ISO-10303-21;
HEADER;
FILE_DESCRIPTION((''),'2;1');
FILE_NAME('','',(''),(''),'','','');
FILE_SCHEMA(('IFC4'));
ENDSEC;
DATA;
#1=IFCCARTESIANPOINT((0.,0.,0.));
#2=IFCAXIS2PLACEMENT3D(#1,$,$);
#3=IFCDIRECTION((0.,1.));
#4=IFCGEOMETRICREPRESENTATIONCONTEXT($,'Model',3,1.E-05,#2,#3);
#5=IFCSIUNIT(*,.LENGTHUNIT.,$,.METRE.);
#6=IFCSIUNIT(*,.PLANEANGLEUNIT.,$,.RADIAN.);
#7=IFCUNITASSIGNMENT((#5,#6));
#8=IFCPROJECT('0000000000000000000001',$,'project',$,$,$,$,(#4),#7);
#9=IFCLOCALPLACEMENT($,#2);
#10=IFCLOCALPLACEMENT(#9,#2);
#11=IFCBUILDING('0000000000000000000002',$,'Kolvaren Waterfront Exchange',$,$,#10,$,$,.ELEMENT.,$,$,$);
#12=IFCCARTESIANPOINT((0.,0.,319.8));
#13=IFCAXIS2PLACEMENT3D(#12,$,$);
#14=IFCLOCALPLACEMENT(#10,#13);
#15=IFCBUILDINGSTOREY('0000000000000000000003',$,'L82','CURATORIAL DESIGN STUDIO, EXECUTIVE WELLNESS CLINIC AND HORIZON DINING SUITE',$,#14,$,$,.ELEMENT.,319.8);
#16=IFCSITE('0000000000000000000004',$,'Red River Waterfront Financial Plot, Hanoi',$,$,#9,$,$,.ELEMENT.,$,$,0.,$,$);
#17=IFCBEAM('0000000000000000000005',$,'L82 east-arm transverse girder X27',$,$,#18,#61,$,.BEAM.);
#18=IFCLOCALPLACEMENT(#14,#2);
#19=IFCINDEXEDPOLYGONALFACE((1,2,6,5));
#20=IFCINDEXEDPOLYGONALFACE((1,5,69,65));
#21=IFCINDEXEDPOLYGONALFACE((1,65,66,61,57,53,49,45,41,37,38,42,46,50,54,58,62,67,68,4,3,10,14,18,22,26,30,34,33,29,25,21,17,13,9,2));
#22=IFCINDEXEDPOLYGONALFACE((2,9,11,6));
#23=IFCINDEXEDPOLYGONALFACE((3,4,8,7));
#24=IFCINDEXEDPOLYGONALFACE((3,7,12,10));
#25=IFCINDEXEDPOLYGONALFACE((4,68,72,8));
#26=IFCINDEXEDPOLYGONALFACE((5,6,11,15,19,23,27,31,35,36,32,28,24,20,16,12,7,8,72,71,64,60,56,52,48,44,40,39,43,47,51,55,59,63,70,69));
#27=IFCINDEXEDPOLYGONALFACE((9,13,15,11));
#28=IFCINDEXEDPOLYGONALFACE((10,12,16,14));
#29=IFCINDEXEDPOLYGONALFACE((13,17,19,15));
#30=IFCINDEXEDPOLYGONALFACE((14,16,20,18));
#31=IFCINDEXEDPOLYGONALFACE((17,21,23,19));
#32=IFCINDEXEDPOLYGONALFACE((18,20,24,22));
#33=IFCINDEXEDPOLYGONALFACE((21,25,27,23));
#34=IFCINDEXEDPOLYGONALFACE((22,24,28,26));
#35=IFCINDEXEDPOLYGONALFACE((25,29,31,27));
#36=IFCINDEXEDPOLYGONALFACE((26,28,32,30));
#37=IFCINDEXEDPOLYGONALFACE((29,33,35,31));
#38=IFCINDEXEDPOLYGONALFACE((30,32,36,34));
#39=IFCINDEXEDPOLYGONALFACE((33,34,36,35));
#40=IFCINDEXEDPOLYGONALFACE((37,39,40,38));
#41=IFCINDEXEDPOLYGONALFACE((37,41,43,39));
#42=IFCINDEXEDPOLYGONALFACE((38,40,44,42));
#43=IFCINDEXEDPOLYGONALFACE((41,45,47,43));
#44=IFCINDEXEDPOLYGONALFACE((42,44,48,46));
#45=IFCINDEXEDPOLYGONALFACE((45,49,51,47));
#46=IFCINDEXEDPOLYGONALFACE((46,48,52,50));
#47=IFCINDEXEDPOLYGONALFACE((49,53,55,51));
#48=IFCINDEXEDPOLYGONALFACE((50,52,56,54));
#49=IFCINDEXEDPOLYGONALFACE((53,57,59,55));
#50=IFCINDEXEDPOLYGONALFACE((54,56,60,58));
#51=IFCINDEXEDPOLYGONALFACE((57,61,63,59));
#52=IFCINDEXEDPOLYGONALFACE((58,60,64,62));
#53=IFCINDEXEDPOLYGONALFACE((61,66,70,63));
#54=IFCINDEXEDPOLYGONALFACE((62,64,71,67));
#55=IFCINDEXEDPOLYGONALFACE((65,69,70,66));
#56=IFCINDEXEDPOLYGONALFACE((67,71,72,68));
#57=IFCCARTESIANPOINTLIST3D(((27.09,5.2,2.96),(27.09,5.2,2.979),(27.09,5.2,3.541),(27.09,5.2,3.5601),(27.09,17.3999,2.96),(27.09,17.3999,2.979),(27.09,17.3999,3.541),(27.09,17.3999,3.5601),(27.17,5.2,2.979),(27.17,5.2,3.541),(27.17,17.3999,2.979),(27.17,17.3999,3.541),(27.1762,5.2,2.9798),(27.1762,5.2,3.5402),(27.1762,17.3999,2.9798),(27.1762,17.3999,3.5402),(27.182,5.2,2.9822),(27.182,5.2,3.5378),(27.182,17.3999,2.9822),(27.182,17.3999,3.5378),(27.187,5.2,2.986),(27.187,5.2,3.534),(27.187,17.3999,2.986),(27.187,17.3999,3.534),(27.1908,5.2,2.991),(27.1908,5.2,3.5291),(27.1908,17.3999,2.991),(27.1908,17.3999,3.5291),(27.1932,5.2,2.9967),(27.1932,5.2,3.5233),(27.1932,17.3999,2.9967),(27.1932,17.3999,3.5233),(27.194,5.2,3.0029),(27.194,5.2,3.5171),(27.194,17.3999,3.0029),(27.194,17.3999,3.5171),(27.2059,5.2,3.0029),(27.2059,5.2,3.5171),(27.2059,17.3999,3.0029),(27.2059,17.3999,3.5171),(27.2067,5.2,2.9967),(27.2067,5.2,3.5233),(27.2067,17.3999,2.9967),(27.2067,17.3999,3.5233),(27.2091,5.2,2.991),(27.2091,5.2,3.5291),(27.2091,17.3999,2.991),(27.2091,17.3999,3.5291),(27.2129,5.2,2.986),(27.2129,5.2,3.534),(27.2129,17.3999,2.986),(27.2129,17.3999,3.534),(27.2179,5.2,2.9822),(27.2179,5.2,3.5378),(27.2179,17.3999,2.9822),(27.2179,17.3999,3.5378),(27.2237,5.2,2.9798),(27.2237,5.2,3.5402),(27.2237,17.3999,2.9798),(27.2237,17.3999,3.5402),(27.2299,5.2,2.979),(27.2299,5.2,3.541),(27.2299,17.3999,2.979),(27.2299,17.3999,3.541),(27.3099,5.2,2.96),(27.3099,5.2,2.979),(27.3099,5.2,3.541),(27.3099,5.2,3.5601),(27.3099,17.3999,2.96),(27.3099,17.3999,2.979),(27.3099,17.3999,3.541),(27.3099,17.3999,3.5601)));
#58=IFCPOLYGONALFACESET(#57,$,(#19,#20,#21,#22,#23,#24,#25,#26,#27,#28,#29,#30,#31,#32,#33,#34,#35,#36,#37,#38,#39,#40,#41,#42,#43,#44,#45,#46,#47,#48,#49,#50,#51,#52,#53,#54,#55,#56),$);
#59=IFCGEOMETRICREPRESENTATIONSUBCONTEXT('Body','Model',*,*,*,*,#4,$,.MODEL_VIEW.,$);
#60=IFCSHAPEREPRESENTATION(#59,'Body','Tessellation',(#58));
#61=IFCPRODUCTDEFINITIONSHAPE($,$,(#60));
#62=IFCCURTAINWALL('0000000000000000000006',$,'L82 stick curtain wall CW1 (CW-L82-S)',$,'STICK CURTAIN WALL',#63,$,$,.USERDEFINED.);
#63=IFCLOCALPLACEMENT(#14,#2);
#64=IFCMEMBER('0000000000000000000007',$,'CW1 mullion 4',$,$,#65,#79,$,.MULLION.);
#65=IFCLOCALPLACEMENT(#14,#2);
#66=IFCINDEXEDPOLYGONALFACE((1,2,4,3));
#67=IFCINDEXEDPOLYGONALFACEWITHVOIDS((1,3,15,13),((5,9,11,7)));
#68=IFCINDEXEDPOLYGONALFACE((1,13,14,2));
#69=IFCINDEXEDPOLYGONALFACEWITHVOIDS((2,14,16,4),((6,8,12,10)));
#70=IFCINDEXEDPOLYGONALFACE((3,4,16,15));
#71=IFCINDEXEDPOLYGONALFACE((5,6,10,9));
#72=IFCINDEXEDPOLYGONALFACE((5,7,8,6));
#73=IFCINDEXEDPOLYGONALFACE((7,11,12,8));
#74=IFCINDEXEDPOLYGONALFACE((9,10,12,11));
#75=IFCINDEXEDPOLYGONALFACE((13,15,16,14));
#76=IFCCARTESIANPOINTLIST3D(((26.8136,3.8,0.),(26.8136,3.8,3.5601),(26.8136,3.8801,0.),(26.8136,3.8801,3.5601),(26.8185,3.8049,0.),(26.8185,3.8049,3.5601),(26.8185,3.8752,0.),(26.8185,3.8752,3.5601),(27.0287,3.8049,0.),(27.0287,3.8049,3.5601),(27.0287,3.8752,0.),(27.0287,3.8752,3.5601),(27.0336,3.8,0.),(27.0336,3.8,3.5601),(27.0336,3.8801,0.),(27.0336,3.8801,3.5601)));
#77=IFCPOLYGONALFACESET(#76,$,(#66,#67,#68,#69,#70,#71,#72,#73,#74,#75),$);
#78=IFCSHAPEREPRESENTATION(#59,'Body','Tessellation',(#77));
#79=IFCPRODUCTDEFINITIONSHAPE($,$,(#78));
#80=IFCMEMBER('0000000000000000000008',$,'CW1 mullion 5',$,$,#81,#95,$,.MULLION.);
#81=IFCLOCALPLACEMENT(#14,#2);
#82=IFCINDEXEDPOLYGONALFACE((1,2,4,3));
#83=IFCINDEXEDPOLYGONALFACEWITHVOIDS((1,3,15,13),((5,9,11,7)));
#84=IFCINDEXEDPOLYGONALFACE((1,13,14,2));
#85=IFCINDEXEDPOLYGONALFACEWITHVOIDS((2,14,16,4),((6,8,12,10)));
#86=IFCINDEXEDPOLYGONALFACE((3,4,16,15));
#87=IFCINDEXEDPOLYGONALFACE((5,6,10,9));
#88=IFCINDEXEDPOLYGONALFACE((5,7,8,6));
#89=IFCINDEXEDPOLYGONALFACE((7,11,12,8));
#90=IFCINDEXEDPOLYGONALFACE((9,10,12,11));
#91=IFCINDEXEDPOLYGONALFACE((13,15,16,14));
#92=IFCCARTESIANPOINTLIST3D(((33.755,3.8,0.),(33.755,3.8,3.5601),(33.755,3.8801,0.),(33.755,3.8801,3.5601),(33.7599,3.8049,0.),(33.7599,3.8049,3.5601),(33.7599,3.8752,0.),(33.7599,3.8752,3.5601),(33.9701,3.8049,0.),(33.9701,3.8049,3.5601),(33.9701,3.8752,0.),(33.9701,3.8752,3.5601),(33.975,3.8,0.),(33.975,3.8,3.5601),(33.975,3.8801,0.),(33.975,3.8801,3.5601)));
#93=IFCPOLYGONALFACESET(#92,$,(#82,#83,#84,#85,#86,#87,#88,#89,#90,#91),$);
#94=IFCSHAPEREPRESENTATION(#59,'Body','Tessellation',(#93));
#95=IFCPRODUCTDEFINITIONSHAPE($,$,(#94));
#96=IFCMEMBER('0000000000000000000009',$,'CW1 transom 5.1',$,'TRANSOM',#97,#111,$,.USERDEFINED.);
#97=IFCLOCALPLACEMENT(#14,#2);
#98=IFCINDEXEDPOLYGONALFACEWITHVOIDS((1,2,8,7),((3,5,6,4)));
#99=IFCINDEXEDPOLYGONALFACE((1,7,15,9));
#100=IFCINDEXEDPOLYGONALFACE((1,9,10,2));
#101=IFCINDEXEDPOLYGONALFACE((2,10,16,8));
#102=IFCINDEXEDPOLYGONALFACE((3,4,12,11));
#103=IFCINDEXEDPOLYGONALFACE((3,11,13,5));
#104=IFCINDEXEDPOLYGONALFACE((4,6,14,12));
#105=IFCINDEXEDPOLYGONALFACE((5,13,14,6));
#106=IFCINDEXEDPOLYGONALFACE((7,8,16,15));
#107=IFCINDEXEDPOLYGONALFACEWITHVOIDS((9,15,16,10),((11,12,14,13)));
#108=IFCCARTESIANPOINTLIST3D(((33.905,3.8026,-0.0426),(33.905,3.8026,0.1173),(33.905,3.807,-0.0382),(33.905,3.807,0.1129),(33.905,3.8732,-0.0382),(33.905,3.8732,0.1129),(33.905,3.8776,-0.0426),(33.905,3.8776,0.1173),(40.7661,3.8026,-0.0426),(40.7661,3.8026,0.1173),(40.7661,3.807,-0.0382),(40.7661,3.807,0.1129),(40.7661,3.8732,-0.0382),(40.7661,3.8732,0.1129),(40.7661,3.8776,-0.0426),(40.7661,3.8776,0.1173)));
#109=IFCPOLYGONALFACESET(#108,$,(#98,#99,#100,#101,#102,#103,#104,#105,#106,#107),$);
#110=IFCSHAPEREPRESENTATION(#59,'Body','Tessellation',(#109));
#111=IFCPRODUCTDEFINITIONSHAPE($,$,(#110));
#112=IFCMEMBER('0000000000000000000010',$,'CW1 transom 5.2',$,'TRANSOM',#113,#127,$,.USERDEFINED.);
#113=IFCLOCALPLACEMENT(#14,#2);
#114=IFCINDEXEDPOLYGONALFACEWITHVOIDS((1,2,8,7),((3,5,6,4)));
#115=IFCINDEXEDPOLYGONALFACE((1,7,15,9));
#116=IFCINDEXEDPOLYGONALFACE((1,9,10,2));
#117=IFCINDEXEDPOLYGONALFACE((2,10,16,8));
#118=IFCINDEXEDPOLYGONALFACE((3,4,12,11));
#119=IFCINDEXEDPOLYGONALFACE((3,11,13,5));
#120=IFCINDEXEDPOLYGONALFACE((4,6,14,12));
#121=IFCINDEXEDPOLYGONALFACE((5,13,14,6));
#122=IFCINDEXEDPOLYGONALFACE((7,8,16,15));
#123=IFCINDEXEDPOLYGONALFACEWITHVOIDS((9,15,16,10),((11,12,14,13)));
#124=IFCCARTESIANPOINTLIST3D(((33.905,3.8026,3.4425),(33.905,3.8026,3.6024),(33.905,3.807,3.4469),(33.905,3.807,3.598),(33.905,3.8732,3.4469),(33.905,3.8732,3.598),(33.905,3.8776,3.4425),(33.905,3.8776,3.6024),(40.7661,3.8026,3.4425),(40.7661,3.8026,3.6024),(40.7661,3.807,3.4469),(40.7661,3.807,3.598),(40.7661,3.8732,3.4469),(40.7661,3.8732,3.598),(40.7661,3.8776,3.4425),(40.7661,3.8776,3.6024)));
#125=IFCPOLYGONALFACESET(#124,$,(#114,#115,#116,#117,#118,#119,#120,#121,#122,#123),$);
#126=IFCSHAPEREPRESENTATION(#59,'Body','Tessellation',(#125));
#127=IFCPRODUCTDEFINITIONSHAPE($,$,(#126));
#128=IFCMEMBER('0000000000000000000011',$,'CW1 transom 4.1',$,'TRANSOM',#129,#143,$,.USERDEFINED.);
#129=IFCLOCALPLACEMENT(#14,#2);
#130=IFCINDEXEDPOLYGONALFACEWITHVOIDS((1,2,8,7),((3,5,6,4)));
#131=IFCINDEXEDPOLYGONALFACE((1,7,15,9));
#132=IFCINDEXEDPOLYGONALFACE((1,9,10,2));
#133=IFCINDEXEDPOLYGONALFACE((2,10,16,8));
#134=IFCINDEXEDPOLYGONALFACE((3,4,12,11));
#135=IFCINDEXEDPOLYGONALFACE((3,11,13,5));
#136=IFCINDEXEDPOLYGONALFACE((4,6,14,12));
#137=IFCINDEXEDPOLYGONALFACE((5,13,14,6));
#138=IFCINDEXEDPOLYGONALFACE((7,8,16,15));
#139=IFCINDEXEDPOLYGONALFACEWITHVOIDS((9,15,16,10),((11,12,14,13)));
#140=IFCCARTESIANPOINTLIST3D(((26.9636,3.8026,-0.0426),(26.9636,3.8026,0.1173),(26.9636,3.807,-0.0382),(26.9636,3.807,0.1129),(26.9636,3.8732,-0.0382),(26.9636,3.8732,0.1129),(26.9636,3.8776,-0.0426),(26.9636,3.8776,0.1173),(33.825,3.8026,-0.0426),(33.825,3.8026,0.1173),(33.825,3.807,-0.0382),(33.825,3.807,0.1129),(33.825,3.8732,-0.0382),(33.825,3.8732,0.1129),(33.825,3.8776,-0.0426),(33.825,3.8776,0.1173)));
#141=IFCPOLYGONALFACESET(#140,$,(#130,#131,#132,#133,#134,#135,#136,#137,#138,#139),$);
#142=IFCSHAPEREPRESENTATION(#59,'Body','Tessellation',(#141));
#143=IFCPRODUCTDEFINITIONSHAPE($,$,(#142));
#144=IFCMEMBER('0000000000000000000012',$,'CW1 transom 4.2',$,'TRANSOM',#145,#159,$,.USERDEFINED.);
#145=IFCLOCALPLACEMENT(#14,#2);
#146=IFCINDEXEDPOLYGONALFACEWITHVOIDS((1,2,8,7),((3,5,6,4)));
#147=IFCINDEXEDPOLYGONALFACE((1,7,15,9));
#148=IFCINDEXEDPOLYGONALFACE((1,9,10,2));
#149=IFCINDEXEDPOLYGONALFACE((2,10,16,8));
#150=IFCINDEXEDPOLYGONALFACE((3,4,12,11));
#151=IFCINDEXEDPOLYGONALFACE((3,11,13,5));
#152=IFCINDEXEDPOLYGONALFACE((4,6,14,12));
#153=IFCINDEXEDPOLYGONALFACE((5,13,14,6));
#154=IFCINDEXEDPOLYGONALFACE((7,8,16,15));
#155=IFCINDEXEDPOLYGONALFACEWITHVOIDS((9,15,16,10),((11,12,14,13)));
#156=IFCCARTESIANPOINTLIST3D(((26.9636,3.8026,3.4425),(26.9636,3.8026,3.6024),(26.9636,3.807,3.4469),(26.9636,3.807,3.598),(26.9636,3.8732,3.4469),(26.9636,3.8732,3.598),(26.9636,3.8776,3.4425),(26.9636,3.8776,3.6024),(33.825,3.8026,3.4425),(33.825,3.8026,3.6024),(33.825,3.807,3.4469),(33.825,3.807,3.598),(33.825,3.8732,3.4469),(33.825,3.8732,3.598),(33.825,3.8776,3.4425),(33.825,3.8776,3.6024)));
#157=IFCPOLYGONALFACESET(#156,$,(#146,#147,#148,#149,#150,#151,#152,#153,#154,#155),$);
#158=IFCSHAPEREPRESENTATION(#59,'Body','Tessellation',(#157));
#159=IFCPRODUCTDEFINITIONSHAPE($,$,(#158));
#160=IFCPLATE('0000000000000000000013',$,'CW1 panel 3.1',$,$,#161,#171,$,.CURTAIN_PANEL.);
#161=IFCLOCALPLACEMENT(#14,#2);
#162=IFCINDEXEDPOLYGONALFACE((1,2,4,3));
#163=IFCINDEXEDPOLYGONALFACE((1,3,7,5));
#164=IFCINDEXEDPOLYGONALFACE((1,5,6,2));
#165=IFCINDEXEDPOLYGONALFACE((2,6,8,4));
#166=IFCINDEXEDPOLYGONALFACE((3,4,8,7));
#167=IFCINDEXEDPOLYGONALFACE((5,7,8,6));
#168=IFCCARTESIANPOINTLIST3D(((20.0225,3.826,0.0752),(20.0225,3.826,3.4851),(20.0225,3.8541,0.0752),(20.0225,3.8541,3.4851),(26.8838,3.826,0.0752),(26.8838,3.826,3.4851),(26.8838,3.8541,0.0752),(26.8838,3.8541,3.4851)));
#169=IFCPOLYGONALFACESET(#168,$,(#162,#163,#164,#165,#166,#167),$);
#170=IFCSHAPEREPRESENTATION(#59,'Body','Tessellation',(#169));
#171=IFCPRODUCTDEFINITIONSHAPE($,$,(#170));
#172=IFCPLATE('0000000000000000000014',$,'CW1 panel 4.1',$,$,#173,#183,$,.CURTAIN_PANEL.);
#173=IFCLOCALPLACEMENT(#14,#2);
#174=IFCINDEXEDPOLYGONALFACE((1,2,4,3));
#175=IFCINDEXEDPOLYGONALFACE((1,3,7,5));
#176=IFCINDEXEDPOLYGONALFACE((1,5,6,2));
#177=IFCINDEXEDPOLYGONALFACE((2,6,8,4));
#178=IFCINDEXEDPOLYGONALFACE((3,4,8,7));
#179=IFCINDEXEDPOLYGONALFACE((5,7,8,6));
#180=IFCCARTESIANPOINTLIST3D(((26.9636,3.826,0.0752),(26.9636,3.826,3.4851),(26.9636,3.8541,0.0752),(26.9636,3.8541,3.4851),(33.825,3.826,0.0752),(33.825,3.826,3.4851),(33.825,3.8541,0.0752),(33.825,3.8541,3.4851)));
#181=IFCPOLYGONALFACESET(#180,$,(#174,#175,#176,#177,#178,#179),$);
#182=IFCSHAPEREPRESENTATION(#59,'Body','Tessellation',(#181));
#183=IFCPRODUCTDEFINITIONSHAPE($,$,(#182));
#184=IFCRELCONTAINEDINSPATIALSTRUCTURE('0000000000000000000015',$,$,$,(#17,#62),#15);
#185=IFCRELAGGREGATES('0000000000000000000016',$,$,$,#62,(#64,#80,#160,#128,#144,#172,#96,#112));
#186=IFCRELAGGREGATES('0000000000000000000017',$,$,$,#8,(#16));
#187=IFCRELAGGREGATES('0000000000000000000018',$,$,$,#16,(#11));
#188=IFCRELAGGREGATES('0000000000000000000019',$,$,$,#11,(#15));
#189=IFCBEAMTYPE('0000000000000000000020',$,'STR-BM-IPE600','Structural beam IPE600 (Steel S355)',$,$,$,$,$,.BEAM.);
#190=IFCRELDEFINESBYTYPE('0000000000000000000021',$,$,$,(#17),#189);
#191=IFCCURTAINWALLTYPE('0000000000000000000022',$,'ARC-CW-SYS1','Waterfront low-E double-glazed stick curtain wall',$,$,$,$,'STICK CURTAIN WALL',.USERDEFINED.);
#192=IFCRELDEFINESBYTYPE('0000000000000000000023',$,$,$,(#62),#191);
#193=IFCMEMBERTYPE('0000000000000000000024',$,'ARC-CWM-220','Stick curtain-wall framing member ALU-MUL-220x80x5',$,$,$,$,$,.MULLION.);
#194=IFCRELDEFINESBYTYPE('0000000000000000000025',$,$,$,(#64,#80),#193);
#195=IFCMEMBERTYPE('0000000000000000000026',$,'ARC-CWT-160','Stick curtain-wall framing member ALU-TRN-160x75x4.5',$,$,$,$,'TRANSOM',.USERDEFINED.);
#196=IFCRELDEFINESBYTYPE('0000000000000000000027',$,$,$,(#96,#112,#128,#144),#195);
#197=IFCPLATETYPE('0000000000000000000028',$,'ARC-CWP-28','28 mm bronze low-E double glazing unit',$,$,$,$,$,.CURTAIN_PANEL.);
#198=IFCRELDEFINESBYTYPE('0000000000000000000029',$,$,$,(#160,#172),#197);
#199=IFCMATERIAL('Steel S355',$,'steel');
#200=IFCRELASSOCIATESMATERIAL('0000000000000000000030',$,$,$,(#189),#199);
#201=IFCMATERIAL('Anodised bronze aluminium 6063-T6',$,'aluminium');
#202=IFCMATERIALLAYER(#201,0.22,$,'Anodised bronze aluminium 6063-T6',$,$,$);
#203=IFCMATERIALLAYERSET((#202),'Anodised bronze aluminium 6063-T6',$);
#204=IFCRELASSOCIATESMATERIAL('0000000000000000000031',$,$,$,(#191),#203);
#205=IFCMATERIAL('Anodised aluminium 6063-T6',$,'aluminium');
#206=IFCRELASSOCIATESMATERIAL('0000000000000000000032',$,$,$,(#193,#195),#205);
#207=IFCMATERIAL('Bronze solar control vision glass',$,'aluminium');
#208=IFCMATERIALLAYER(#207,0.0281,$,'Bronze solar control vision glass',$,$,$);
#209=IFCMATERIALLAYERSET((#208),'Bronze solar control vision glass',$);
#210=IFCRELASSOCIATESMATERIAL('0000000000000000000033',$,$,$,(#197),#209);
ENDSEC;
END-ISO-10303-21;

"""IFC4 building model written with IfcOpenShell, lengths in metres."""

from ifc_helpers import new_model, si_unit, direction, frame, origin, origin_with_axes, origin_2d, place, context, subcontext, project, spatial, rectangle, hollow_rectangle, i_section, extrude, source, transform, mapped, material, layer, layer_set, material_profile, profile_set, type_object, element, aggregate, save


model = new_model("IFC4")

# Units and contexts
model_context = context("Model", 3, precision=1e-05, world=origin(), true_north=direction((0.0, 1.0)))
body_context = subcontext(model_context, "Body", "Model", "MODEL_VIEW")
ifc_project = project(units=[si_unit("LENGTHUNIT", "METRE"), si_unit("PLANEANGLEUNIT", "RADIAN")], contexts=[model_context])

# Site, building, storey
site_placement = place(None, origin())
site = spatial("IfcSite", under=ifc_project, at=site_placement, Name="Red River Waterfront Financial Plot, Hanoi", CompositionType="ELEMENT", RefElevation=0.0)
building_placement = place(site_placement, origin())
building = spatial("IfcBuilding", under=site, at=building_placement, Name="Kolvaren Waterfront Exchange", CompositionType="ELEMENT")
storey_placement = place(building_placement, frame((0.0, 0.0, 319.8)))
storey = spatial("IfcBuildingStorey", under=building, at=storey_placement, Name="L82", Description="CURATORIAL DESIGN STUDIO, EXECUTIVE WELLNESS CLINIC AND HORIZON DINING SUITE", CompositionType="ELEMENT", Elevation=319.8)

# Beam
ifc_material_1 = material(Name="Steel S355", Category="steel")
ifc_material_profile_1 = material_profile(ifc_material_1, i_section(OverallWidth=0.22, OverallDepth=0.6001, WebThickness=0.012, FlangeThickness=0.019, FilletRadius=0.0239, at=origin_2d()), Name="IPE600")
ifc_profile_set_1 = profile_set([ifc_material_profile_1], Name="Steel S355")
beam_type_1 = type_object("IfcBeamType", Name="STR-BM-IPE600", Description="Structural beam IPE600 (Steel S355)", PredefinedType="BEAM", material=ifc_profile_set_1)
beam_1_placement = place(storey_placement, frame((27.2, 5.2, 3.26), z_axis=(0.0, 1.0, 0.0), x_axis=(-1.0, 0.0, 0.0)))
element("IfcBeam", 1, at=beam_1_placement, inside=storey, type_object=beam_type_1, Name="L82 east-arm transverse girder X27", PredefinedType="BEAM", context=body_context, shape_type="SweptSolid", body=[
    extrude(i_section(OverallWidth=0.22, OverallDepth=0.6001, WebThickness=0.012, FlangeThickness=0.019, FilletRadius=0.0239, at=origin_2d()), origin(), (0.0, 0.0, 1.0), 12.2),
])

# Curtain wall, members, plates
ifc_material_2 = material(Name="Anodised bronze aluminium 6063-T6", Category="aluminium")
ifc_layer_1 = layer(ifc_material_2, 0.22, Name="Anodised bronze aluminium 6063-T6")
ifc_layer_set_1 = layer_set([ifc_layer_1], Name="Anodised bronze aluminium 6063-T6")
curtain_wall_type = type_object("IfcCurtainWallType", Name="ARC-CW-SYS1", Description="Waterfront low-E double-glazed stick curtain wall", ElementType="STICK CURTAIN WALL", PredefinedType="USERDEFINED", material=ifc_layer_set_1)
curtain_wall_placement = place(storey_placement, origin())
curtain_wall = element("IfcCurtainWall", 2, at=curtain_wall_placement, inside=storey, type_object=curtain_wall_type, Name="L82 stick curtain wall CW1 (CW-L82-S)", ObjectType="STICK CURTAIN WALL", PredefinedType="USERDEFINED")
ifc_material_3 = material(Name="Anodised aluminium 6063-T6", Category="aluminium")
ifc_material_profile_2 = material_profile(ifc_material_3, hollow_rectangle(XDim=0.0801, YDim=0.22, WallThickness=0.0049, at=origin_2d()), Name="ALU-MUL-220x80x5")
ifc_profile_set_2 = profile_set([ifc_material_profile_2], Name="Anodised aluminium 6063-T6")
member_type_1 = type_object("IfcMemberType", Name="ARC-CWM-220", Description="Stick curtain-wall framing member ALU-MUL-220x80x5", PredefinedType="MULLION", material=ifc_profile_set_2)
shared_shape_1 = source(origin_with_axes(), body_context, "Body", "SweptSolid", [
    extrude(hollow_rectangle(XDim=0.0801, YDim=0.22, WallThickness=0.0049, at=origin_2d()), origin(), (0.0, 0.0, 1.0), 3.5601),
])
member_1_placement = place(storey_placement, frame((26.9236, 3.8401, 0.0), z_axis=(0.0, 0.0, 1.0), x_axis=(0.0, 1.0, 0.0)))
member_1 = element("IfcMember", 3, at=member_1_placement, type_object=member_type_1, Name="CW1 mullion 4", PredefinedType="MULLION", context=body_context, shape_type="MappedRepresentation", body=[
    mapped(shared_shape_1, transform((0.0, 0.0, 0.0), x_axis=(1.0, 0.0, 0.0), y_axis=(0.0, 1.0, 0.0), z_axis=(0.0, 0.0, 1.0), scale=1.0)),
])
member_2_placement = place(storey_placement, frame((33.865, 3.8401, 0.0), z_axis=(0.0, 0.0, 1.0), x_axis=(0.0, 1.0, 0.0)))
member_2 = element("IfcMember", 4, at=member_2_placement, type_object=member_type_1, Name="CW1 mullion 5", PredefinedType="MULLION", context=body_context, shape_type="MappedRepresentation", body=[
    mapped(shared_shape_1, transform((0.0, 0.0, 0.0), x_axis=(1.0, 0.0, 0.0), y_axis=(0.0, 1.0, 0.0), z_axis=(0.0, 0.0, 1.0), scale=1.0)),
])
ifc_material_profile_3 = material_profile(ifc_material_3, hollow_rectangle(XDim=0.075, YDim=0.1599, WallThickness=0.0044, at=origin_2d()), Name="ALU-TRN-160x75x4.5")
ifc_profile_set_3 = profile_set([ifc_material_profile_3], Name="Anodised aluminium 6063-T6")
member_type_2 = type_object("IfcMemberType", Name="ARC-CWT-160", Description="Stick curtain-wall framing member ALU-TRN-160x75x4.5", ElementType="TRANSOM", PredefinedType="USERDEFINED", material=ifc_profile_set_3)
shared_shape_2 = source(origin_with_axes(), body_context, "Body", "SweptSolid", [
    extrude(hollow_rectangle(XDim=0.075, YDim=0.1599, WallThickness=0.0044, at=origin_2d()), origin(), (0.0, 0.0, 1.0), 6.8611),
])
member_3_placement = place(storey_placement, frame((33.905, 3.8401, 0.0374), z_axis=(1.0, 0.0, 0.0), x_axis=(0.0, 1.0, 0.0)))
member_3 = element("IfcMember", 5, at=member_3_placement, type_object=member_type_2, Name="CW1 transom 5.1", ObjectType="TRANSOM", PredefinedType="USERDEFINED", context=body_context, shape_type="MappedRepresentation", body=[
    mapped(shared_shape_2, transform((0.0, 0.0, 0.0), x_axis=(1.0, 0.0, 0.0), y_axis=(0.0, 1.0, 0.0), z_axis=(0.0, 0.0, 1.0), scale=1.0)),
])
member_4_placement = place(storey_placement, frame((33.905, 3.8401, 3.5225), z_axis=(1.0, 0.0, 0.0), x_axis=(0.0, 1.0, 0.0)))
member_4 = element("IfcMember", 6, at=member_4_placement, type_object=member_type_2, Name="CW1 transom 5.2", ObjectType="TRANSOM", PredefinedType="USERDEFINED", context=body_context, shape_type="MappedRepresentation", body=[
    mapped(shared_shape_2, transform((0.0, 0.0, 0.0), x_axis=(1.0, 0.0, 0.0), y_axis=(0.0, 1.0, 0.0), z_axis=(0.0, 0.0, 1.0), scale=1.0)),
])
shared_shape_3 = source(origin_with_axes(), body_context, "Body", "SweptSolid", [
    extrude(hollow_rectangle(XDim=0.075, YDim=0.1599, WallThickness=0.0044, at=origin_2d()), origin(), (0.0, 0.0, 1.0), 6.8613),
])
member_5_placement = place(storey_placement, frame((26.9636, 3.8401, 0.0374), z_axis=(1.0, 0.0, 0.0), x_axis=(0.0, 1.0, 0.0)))
member_5 = element("IfcMember", 7, at=member_5_placement, type_object=member_type_2, Name="CW1 transom 4.1", ObjectType="TRANSOM", PredefinedType="USERDEFINED", context=body_context, shape_type="MappedRepresentation", body=[
    mapped(shared_shape_3, transform((0.0, 0.0, 0.0), x_axis=(1.0, 0.0, 0.0), y_axis=(0.0, 1.0, 0.0), z_axis=(0.0, 0.0, 1.0), scale=1.0)),
])
member_6_placement = place(storey_placement, frame((26.9636, 3.8401, 3.5225), z_axis=(1.0, 0.0, 0.0), x_axis=(0.0, 1.0, 0.0)))
member_6 = element("IfcMember", 8, at=member_6_placement, type_object=member_type_2, Name="CW1 transom 4.2", ObjectType="TRANSOM", PredefinedType="USERDEFINED", context=body_context, shape_type="MappedRepresentation", body=[
    mapped(shared_shape_3, transform((0.0, 0.0, 0.0), x_axis=(1.0, 0.0, 0.0), y_axis=(0.0, 1.0, 0.0), z_axis=(0.0, 0.0, 1.0), scale=1.0)),
])
ifc_material_4 = material(Name="Bronze solar control vision glass", Category="aluminium")
ifc_layer_2 = layer(ifc_material_4, 0.0281, Name="Bronze solar control vision glass")
ifc_layer_set_2 = layer_set([ifc_layer_2], Name="Bronze solar control vision glass")
plate_type = type_object("IfcPlateType", Name="ARC-CWP-28", Description="28 mm bronze low-E double glazing unit", PredefinedType="CURTAIN_PANEL", material=ifc_layer_set_2)
shared_shape_4 = source(origin_with_axes(), body_context, "Body", "SweptSolid", [
    extrude(rectangle(XDim=6.8613, YDim=0.0281, at=origin_2d()), origin(), (0.0, 0.0, 1.0), 3.4099),
])
plate_1_placement = place(storey_placement, frame((23.4531, 3.8401, 0.0752), z_axis=(0.0, 0.0, 1.0), x_axis=(1.0, 0.0, 0.0)))
plate_1 = element("IfcPlate", 9, at=plate_1_placement, type_object=plate_type, Name="CW1 panel 3.1", PredefinedType="CURTAIN_PANEL", context=body_context, shape_type="MappedRepresentation", body=[
    mapped(shared_shape_4, transform((0.0, 0.0, 0.0), x_axis=(1.0, 0.0, 0.0), y_axis=(0.0, 1.0, 0.0), z_axis=(0.0, 0.0, 1.0), scale=1.0)),
])
plate_2_placement = place(storey_placement, frame((30.3943, 3.8401, 0.0752), z_axis=(0.0, 0.0, 1.0), x_axis=(1.0, 0.0, 0.0)))
plate_2 = element("IfcPlate", 10, at=plate_2_placement, type_object=plate_type, Name="CW1 panel 4.1", PredefinedType="CURTAIN_PANEL", context=body_context, shape_type="MappedRepresentation", body=[
    mapped(shared_shape_4, transform((0.0, 0.0, 0.0), x_axis=(1.0, 0.0, 0.0), y_axis=(0.0, 1.0, 0.0), z_axis=(0.0, 0.0, 1.0), scale=1.0)),
])
aggregate(curtain_wall, [member_1, member_2, plate_1, member_5, member_6, plate_2, member_3, member_4])

save(model, "model.ifc")
